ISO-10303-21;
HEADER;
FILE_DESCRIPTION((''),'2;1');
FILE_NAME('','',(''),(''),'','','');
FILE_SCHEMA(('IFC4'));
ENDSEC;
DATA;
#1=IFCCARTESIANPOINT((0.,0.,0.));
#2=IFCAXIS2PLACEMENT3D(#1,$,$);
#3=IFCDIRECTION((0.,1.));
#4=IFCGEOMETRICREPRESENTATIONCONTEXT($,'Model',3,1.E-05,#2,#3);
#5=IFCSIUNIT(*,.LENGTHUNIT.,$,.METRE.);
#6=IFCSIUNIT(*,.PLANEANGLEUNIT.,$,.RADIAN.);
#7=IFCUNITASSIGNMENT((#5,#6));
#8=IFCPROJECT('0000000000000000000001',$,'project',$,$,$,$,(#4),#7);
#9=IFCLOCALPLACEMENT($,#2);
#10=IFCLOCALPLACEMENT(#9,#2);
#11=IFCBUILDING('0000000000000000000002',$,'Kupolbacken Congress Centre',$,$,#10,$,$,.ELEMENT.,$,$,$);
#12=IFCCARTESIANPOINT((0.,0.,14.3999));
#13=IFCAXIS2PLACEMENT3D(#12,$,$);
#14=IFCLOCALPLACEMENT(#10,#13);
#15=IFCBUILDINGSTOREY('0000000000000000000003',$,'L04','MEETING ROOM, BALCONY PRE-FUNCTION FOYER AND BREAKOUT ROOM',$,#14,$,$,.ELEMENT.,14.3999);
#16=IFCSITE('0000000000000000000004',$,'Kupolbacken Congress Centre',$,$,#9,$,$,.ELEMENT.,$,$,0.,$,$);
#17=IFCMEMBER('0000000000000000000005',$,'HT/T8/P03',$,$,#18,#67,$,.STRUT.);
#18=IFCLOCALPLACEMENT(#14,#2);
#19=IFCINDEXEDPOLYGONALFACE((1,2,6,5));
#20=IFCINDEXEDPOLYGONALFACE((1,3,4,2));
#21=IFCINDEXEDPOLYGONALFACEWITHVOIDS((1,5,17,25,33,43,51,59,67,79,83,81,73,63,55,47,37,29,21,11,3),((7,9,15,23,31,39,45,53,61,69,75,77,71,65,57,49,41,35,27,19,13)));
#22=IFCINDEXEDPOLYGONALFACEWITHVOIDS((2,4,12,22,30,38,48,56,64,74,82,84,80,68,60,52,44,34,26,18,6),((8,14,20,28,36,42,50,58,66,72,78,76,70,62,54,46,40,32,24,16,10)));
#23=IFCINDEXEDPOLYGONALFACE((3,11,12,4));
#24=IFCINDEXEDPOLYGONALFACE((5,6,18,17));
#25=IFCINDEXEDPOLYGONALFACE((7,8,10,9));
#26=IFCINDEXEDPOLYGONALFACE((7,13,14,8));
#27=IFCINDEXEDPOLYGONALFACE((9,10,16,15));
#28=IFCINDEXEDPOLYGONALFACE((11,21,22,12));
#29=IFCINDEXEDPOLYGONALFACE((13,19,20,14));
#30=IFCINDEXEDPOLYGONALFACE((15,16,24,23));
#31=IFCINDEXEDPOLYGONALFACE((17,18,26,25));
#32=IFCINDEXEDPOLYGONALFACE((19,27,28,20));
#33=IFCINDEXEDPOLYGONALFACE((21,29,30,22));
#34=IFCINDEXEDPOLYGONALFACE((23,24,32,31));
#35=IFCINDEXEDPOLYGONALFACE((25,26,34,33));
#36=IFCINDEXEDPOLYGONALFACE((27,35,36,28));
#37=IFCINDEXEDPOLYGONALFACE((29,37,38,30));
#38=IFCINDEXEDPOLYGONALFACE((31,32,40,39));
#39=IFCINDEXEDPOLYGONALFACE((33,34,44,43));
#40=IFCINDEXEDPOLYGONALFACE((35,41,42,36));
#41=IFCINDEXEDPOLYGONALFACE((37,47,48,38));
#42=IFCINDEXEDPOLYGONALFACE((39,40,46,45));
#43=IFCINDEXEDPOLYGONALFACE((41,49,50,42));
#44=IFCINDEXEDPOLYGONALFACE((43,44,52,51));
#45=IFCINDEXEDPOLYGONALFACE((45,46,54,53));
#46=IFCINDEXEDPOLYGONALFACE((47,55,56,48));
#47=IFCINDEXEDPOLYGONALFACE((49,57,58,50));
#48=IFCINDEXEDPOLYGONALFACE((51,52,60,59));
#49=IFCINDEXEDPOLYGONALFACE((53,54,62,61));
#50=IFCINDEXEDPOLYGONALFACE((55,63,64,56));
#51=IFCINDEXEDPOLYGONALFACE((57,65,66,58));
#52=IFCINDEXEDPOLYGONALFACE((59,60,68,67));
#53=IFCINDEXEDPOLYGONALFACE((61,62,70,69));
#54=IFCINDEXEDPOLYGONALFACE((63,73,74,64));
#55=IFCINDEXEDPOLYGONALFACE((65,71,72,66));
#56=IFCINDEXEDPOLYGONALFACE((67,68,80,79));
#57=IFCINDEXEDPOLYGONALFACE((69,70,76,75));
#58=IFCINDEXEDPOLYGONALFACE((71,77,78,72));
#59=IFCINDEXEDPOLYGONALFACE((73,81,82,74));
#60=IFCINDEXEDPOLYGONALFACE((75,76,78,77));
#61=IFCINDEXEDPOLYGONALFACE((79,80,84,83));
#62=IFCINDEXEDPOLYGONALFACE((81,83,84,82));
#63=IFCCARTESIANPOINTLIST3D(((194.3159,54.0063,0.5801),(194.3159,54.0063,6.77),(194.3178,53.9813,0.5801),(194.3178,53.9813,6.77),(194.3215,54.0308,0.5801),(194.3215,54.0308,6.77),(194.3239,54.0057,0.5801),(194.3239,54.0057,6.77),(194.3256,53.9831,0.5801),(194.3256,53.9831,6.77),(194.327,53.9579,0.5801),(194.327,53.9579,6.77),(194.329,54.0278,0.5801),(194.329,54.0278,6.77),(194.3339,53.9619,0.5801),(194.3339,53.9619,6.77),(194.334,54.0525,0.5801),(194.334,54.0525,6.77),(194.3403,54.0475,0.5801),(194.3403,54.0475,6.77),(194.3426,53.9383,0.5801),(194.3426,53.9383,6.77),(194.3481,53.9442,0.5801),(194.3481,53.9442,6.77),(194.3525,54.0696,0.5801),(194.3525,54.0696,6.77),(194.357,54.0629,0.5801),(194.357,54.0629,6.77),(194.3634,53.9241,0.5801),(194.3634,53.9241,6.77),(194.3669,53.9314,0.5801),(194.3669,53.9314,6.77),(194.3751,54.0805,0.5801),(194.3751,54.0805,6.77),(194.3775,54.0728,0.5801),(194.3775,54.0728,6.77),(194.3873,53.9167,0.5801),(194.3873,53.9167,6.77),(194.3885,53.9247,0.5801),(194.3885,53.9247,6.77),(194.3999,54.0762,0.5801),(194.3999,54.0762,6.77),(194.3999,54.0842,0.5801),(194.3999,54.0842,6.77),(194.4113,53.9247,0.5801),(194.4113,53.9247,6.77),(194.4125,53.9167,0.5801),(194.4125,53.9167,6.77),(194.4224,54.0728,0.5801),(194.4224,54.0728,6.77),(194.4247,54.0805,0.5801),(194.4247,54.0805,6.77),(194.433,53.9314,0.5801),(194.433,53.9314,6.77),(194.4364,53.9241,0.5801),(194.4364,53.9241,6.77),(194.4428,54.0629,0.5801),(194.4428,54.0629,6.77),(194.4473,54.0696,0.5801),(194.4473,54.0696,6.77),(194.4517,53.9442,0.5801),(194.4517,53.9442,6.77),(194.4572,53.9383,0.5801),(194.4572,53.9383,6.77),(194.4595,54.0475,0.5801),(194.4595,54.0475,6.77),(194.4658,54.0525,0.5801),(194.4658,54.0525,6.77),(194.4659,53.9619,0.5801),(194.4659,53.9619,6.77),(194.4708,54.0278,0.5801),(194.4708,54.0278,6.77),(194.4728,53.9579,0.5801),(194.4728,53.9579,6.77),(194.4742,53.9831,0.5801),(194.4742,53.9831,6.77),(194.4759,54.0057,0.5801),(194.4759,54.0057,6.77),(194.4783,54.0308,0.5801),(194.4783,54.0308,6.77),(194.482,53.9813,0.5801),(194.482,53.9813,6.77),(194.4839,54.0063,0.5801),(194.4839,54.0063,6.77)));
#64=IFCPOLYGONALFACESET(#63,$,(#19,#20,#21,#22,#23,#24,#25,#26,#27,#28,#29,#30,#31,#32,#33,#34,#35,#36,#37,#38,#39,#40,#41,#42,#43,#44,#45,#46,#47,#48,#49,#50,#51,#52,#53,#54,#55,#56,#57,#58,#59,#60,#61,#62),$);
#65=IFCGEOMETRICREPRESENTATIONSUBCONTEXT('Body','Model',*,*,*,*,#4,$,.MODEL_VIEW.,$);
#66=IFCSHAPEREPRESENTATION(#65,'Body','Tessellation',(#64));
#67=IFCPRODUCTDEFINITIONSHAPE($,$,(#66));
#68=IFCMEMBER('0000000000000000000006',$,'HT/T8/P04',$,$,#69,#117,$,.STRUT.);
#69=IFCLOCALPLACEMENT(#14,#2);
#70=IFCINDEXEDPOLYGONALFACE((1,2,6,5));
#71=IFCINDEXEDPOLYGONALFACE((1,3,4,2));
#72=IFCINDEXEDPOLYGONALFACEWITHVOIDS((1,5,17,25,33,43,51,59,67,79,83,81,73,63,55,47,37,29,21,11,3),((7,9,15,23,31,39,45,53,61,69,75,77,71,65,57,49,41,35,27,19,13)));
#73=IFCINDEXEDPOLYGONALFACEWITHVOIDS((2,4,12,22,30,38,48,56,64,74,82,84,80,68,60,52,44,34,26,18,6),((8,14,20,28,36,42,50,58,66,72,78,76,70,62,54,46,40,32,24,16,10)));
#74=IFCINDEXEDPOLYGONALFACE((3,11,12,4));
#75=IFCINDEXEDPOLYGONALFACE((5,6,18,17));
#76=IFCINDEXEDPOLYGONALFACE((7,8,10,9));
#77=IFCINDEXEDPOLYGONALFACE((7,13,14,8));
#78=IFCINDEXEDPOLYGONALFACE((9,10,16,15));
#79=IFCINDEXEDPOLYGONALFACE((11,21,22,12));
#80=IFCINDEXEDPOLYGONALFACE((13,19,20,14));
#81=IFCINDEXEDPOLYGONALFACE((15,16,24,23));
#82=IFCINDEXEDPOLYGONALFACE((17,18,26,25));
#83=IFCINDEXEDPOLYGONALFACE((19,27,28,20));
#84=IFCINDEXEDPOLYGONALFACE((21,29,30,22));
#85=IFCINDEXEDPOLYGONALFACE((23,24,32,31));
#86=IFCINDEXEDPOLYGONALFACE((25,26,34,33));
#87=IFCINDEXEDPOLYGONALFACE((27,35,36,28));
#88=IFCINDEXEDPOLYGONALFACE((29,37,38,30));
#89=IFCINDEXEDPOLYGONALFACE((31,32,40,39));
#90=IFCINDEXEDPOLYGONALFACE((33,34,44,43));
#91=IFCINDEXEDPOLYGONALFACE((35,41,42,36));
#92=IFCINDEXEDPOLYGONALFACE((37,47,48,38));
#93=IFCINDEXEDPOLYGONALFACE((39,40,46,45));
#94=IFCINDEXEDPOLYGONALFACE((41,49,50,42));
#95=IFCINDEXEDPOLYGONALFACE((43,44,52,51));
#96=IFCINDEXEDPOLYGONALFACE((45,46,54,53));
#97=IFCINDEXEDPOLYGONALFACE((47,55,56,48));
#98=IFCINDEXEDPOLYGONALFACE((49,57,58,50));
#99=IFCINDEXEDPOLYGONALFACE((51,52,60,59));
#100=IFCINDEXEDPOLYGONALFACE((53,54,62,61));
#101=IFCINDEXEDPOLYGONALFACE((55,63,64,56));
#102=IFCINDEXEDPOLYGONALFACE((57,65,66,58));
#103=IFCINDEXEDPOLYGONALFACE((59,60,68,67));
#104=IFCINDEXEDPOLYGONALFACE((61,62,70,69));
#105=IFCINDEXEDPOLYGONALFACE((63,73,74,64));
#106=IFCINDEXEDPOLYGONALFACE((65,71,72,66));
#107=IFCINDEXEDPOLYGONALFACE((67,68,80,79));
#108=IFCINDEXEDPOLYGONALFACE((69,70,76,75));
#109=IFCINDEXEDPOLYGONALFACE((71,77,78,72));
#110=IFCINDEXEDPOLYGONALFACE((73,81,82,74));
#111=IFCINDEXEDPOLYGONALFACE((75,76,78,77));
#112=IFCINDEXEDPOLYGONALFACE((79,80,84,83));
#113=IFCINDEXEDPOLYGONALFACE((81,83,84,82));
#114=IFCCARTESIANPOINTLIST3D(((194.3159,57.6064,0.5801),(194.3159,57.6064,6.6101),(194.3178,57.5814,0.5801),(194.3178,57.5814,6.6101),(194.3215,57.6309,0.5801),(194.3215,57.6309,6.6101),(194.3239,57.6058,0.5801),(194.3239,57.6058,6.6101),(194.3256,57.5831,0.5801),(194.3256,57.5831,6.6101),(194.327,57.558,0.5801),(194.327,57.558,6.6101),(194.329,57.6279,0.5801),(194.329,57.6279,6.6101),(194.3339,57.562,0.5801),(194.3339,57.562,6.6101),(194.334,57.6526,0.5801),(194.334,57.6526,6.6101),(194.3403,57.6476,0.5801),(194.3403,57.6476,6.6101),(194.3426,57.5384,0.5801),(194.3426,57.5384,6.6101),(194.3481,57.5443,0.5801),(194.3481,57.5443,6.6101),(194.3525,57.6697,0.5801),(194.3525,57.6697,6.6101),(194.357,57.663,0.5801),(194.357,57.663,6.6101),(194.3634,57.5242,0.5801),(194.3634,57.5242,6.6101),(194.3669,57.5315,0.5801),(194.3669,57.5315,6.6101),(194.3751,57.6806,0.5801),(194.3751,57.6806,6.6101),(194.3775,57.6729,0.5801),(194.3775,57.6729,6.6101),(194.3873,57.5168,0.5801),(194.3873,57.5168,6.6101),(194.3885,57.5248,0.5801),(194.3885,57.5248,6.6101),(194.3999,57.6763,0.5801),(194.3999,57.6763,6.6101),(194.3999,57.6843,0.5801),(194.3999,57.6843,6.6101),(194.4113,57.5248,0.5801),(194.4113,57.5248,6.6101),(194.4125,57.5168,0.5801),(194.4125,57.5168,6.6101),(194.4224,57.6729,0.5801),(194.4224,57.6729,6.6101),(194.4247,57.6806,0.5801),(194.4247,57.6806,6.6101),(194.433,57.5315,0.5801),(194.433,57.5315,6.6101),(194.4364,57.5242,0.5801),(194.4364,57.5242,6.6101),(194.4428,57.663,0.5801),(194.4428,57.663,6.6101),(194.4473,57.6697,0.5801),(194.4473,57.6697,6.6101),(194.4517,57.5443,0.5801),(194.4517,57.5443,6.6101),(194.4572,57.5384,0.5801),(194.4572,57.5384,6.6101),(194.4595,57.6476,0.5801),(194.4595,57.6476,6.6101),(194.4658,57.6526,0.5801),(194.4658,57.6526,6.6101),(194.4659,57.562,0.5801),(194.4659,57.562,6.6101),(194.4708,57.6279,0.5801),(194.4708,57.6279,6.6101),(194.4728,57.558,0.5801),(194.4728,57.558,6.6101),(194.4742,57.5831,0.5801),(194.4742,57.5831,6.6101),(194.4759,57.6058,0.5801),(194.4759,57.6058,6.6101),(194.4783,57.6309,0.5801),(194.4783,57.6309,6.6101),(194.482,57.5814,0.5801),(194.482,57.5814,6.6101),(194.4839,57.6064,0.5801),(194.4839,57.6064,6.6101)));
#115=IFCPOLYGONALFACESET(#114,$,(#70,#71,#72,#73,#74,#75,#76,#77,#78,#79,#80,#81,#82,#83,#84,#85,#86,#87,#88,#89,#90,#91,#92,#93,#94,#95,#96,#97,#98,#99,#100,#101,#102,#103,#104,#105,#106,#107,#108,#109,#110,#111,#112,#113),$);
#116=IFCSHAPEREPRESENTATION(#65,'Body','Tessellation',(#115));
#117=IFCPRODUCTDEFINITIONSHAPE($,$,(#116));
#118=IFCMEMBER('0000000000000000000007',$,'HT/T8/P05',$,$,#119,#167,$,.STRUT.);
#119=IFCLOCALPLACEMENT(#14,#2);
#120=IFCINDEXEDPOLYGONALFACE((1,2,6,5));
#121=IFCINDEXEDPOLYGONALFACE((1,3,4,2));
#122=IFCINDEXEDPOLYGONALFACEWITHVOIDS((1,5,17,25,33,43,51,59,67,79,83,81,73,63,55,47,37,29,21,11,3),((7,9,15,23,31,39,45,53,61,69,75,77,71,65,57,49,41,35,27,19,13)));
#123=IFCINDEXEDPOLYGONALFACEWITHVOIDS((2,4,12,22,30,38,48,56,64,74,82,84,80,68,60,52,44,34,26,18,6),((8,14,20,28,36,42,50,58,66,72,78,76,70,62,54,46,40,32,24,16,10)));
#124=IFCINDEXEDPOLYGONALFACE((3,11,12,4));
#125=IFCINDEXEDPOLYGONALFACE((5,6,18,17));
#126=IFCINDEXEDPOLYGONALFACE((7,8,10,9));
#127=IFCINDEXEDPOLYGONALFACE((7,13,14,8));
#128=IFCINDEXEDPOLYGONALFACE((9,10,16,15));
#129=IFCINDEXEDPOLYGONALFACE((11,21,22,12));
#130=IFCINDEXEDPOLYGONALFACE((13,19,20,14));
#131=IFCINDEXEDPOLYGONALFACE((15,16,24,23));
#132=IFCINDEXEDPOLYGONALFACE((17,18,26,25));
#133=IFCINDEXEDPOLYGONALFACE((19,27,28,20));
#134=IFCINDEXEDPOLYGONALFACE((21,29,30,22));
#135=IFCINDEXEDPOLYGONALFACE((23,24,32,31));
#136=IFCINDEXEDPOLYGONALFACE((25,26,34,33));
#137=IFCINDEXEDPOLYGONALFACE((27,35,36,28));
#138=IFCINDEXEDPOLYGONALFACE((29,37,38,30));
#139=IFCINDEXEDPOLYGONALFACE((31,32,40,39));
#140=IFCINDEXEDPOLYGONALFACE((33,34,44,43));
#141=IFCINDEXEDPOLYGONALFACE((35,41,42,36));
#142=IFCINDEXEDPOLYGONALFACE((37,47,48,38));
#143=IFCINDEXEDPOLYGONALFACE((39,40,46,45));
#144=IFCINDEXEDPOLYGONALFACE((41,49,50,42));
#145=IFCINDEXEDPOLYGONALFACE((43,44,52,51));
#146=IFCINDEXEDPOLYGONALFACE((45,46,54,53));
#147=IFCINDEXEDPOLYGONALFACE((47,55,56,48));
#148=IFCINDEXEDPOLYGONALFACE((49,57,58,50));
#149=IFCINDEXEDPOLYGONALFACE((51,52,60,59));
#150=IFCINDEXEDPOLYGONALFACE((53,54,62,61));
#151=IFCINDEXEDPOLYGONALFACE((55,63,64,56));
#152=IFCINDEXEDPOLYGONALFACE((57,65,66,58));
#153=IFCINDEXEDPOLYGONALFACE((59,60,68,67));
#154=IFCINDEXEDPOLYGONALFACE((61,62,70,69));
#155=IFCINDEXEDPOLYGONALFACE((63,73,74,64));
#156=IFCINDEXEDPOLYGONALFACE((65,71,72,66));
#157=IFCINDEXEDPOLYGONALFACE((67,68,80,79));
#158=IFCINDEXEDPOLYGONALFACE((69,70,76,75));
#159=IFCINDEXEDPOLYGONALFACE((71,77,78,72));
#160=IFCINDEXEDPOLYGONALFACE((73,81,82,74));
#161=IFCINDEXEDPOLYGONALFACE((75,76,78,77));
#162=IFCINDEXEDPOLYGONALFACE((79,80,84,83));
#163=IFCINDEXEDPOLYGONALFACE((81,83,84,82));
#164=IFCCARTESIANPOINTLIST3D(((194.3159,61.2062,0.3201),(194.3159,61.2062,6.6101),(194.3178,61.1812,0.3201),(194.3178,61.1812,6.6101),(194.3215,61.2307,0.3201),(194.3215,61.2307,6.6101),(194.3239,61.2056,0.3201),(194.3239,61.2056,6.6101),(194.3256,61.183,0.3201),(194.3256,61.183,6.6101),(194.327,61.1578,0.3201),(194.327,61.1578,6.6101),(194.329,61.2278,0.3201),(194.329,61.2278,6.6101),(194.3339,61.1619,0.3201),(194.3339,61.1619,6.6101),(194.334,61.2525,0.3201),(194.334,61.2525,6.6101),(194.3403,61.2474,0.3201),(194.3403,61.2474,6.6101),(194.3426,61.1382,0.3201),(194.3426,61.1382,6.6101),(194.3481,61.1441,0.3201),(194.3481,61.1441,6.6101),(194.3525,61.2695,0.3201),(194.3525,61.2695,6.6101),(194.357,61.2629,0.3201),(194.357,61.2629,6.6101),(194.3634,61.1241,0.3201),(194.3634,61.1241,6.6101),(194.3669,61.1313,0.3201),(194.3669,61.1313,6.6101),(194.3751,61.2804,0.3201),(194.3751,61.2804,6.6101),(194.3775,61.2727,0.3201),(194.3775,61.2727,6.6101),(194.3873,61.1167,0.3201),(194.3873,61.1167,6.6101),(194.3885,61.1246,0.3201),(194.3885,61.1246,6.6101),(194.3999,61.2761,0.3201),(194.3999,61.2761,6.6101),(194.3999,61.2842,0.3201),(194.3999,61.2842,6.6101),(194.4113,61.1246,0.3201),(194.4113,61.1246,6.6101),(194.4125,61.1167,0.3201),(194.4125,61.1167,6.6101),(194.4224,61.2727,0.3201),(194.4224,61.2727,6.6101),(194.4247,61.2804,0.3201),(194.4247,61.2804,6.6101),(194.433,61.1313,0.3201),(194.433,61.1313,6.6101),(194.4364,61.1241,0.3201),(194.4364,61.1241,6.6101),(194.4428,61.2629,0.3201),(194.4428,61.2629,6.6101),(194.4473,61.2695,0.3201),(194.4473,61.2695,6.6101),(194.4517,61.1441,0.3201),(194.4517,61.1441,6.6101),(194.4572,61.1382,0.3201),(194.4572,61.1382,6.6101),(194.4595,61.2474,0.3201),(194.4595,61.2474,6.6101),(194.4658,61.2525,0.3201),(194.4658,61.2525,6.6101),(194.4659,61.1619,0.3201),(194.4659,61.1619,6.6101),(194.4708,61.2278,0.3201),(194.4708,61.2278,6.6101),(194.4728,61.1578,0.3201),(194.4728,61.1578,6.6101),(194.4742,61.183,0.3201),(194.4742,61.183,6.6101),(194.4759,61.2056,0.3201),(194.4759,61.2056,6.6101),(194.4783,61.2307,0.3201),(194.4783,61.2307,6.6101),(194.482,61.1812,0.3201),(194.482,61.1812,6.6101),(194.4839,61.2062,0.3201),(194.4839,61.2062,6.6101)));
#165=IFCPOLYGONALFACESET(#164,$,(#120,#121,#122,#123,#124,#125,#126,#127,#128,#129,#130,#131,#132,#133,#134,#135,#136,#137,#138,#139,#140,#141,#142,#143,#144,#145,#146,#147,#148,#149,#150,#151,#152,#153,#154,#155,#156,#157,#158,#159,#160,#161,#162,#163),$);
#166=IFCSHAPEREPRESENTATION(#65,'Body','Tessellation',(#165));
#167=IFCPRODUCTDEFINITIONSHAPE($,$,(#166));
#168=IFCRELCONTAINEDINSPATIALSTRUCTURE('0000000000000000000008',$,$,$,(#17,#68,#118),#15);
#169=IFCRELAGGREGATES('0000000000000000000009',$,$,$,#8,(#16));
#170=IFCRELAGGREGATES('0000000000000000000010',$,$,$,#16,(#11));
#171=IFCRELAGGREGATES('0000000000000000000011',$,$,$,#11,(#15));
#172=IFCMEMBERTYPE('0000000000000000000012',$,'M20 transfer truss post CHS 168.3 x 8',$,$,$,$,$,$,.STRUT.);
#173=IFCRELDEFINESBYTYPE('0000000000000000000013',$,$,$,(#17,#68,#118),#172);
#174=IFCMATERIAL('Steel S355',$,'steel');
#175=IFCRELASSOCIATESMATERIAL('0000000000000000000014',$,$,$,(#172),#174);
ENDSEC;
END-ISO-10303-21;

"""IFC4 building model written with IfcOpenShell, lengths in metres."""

from ifc_helpers import new_model, si_unit, direction, frame, origin, origin_2d, place, context, subcontext, project, spatial, hollow_circle, extrude, material, material_profile, profile_set, type_object, element, save


model = new_model("IFC4")

# Units and contexts
model_context = context("Model", 3, precision=1e-05, world=origin(), true_north=direction((0.0, 1.0)))
body_context = subcontext(model_context, "Body", "Model", "MODEL_VIEW")
ifc_project = project(units=[si_unit("LENGTHUNIT", "METRE"), si_unit("PLANEANGLEUNIT", "RADIAN")], contexts=[model_context])

# Site, building, storey
site_placement = place(None, origin())
site = spatial("IfcSite", under=ifc_project, at=site_placement, Name="Kupolbacken Congress Centre", CompositionType="ELEMENT", RefElevation=0.0)
building_placement = place(site_placement, origin())
building = spatial("IfcBuilding", under=site, at=building_placement, Name="Kupolbacken Congress Centre", CompositionType="ELEMENT")
storey_placement = place(building_placement, frame((0.0, 0.0, 14.3999)))
storey = spatial("IfcBuildingStorey", under=building, at=storey_placement, Name="L04", Description="MEETING ROOM, BALCONY PRE-FUNCTION FOYER AND BREAKOUT ROOM", CompositionType="ELEMENT", Elevation=14.3999)

# Members
ifc_material_1 = material(Name="Steel S355", Category="steel")
ifc_material_profile_1 = material_profile(ifc_material_1, hollow_circle(Radius=0.0842, WallThickness=0.0081, at=origin_2d()), Name="CHS 168.3 x 8")
ifc_profile_set_1 = profile_set([ifc_material_profile_1], Name="Steel S355")
member_type_1 = type_object("IfcMemberType", Name="M20 transfer truss post CHS 168.3 x 8", PredefinedType="STRUT", material=ifc_profile_set_1)
for number, where, z_axis, x_axis, name in (
    (1, (194.3999, 54.0, 0.5801), (0.0, 0.0, 1.0), (0.0, 1.0, 0.0), "HT/T8/P03"),
):
    element("IfcMember", number, at=place(storey_placement, frame(where, z_axis=z_axis, x_axis=x_axis)), inside=storey, type_object=member_type_1, Name=name, PredefinedType="STRUT", context=body_context, shape_type="SweptSolid", body=[
        extrude(hollow_circle(Radius=0.0842, WallThickness=0.0081, at=origin_2d()), origin(), (0.0, 0.0, 1.0), 6.1899),
    ])
member_1_placement = place(storey_placement, frame((194.3999, 57.6001, 0.5801), z_axis=(0.0, 0.0, 1.0), x_axis=(0.0, 1.0, 0.0)))
element("IfcMember", 2, at=member_1_placement, inside=storey, type_object=member_type_1, Name="HT/T8/P04", PredefinedType="STRUT", context=body_context, shape_type="SweptSolid", body=[
    extrude(hollow_circle(Radius=0.0842, WallThickness=0.0081, at=origin_2d()), origin(), (0.0, 0.0, 1.0), 6.03),
])
for number, where, z_axis, x_axis, name in (
    (3, (194.3999, 61.2, 0.3201), (0.0, 0.0, 1.0), (0.0, 1.0, 0.0), "HT/T8/P05"),
):
    element("IfcMember", number, at=place(storey_placement, frame(where, z_axis=z_axis, x_axis=x_axis)), inside=storey, type_object=member_type_1, Name=name, PredefinedType="STRUT", context=body_context, shape_type="SweptSolid", body=[
        extrude(hollow_circle(Radius=0.0842, WallThickness=0.0081, at=origin_2d()), origin(), (0.0, 0.0, 1.0), 6.29),
    ])

save(model, "model.ifc")
